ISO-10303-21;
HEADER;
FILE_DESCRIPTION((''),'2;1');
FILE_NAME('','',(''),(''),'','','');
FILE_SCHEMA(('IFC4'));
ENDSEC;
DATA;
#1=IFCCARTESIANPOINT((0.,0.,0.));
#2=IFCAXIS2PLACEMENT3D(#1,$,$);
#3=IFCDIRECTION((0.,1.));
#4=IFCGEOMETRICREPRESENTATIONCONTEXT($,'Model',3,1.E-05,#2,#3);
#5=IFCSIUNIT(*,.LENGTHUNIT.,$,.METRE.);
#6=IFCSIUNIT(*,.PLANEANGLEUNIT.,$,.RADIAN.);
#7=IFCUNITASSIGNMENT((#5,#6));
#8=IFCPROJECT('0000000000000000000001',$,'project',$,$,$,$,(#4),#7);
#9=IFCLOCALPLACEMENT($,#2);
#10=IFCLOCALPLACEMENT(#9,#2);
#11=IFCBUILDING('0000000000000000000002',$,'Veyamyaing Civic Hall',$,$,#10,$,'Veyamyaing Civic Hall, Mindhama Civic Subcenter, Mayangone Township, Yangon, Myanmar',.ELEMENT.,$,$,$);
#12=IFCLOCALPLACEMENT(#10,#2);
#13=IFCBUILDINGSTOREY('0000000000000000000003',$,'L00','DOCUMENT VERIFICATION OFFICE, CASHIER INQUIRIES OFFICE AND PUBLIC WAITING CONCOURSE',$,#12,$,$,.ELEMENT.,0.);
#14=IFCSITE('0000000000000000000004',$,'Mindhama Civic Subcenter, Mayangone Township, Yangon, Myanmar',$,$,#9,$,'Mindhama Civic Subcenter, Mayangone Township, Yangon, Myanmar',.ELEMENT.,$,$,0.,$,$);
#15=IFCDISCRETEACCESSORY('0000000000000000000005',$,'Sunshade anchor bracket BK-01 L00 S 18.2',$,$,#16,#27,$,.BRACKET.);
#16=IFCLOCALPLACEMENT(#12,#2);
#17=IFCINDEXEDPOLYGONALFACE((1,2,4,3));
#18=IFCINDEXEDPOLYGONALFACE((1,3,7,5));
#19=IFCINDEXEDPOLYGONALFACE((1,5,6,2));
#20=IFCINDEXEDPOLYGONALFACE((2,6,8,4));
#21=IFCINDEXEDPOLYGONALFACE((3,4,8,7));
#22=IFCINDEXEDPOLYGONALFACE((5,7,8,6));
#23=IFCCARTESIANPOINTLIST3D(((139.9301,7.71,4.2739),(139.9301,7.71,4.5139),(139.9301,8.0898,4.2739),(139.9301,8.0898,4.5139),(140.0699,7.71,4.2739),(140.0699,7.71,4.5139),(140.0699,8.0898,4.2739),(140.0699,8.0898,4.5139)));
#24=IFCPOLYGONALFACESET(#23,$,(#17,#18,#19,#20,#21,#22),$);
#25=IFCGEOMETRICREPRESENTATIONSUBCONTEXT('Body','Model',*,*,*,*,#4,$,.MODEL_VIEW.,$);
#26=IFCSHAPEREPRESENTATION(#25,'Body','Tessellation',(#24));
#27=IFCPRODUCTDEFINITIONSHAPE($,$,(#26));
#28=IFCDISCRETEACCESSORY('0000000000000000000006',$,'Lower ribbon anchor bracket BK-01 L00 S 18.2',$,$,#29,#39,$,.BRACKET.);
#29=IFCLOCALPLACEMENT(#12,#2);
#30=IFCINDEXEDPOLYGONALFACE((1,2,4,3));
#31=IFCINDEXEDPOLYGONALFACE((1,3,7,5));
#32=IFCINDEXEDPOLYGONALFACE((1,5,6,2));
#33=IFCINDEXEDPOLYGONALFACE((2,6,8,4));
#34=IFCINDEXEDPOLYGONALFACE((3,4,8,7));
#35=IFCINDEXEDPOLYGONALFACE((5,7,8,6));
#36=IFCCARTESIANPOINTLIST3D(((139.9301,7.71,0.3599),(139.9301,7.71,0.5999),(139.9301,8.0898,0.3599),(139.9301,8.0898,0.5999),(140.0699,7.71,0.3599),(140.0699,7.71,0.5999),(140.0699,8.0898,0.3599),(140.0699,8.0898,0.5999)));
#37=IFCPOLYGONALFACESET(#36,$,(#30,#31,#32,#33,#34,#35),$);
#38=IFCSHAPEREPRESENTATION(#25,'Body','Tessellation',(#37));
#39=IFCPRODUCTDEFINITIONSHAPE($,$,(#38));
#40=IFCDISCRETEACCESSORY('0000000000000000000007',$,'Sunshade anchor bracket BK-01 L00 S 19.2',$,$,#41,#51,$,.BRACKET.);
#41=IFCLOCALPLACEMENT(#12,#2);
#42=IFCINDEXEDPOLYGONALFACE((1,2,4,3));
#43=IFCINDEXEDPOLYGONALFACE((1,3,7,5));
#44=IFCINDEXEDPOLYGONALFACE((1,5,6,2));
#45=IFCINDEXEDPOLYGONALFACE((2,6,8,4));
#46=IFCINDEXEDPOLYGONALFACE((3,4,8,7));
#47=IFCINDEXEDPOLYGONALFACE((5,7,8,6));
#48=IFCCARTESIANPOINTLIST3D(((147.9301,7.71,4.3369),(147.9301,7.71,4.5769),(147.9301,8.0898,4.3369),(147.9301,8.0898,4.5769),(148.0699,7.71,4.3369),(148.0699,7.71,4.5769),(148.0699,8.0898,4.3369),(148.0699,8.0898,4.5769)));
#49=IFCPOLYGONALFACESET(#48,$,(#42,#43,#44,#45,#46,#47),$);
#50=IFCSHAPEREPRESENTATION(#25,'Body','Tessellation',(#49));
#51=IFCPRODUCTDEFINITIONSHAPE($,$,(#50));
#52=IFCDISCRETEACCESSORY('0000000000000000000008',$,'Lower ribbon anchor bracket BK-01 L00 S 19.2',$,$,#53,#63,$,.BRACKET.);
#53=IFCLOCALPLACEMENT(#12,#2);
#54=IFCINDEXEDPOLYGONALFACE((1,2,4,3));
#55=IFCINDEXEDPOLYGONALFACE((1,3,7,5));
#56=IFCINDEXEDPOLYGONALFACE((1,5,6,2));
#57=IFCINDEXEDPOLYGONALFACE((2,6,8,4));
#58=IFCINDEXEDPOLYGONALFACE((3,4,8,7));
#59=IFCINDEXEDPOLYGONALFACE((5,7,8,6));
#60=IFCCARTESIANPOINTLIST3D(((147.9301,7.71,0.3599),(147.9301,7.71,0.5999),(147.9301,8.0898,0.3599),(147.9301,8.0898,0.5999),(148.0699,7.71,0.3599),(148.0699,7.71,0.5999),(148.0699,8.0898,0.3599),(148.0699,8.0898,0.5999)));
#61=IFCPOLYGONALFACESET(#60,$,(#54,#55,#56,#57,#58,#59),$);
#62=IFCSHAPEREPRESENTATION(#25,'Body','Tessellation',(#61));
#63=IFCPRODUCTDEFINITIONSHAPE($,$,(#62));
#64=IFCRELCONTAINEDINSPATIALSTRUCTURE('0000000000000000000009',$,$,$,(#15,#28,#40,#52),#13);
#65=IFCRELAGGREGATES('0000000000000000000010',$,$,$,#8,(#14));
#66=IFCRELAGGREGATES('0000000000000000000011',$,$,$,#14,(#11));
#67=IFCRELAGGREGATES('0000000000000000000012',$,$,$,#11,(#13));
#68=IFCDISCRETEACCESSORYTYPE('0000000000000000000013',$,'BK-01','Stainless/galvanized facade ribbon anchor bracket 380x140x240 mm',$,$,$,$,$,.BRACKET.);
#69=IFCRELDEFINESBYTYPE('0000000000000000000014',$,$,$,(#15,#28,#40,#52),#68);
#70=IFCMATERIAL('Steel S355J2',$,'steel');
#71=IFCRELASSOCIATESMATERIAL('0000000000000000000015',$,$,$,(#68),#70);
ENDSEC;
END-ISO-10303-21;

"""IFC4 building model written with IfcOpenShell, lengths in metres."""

from ifc_helpers import new_model, si_unit, direction, frame, origin, origin_2d, place, context, subcontext, project, spatial, rectangle, extrude, material, type_object, element, save


model = new_model("IFC4")

# Units and contexts
model_context = context("Model", 3, precision=1e-05, world=origin(), true_north=direction((0.0, 1.0)))
body_context = subcontext(model_context, "Body", "Model", "MODEL_VIEW")
ifc_project = project(units=[si_unit("LENGTHUNIT", "METRE"), si_unit("PLANEANGLEUNIT", "RADIAN")], contexts=[model_context])

# Site, building, storey
site_placement = place(None, origin())
site = spatial("IfcSite", under=ifc_project, at=site_placement, Name="Mindhama Civic Subcenter, Mayangone Township, Yangon, Myanmar", LongName="Mindhama Civic Subcenter, Mayangone Township, Yangon, Myanmar", CompositionType="ELEMENT", RefElevation=0.0)
building_placement = place(site_placement, origin())
building = spatial("IfcBuilding", under=site, at=building_placement, Name="Veyamyaing Civic Hall", LongName="Veyamyaing Civic Hall, Mindhama Civic Subcenter, Mayangone Township, Yangon, Myanmar", CompositionType="ELEMENT")
storey_placement = place(building_placement, origin())
storey = spatial("IfcBuildingStorey", under=building, at=storey_placement, Name="L00", Description="DOCUMENT VERIFICATION OFFICE, CASHIER INQUIRIES OFFICE AND PUBLIC WAITING CONCOURSE", CompositionType="ELEMENT", Elevation=0.0)

# Discrete accessories
ifc_material_1 = material(Name="Steel S355J2", Category="steel")
discrete_accessory_type = type_object("IfcDiscreteAccessoryType", Name="BK-01", Description="Stainless/galvanized facade ribbon anchor bracket 380x140x240 mm", PredefinedType="BRACKET", material=ifc_material_1)
for number, where, z_axis, x_axis, name in (
    (1, (140.0, 7.8999, 4.2739), (0.0, 0.0, 1.0), (0.0, -1.0, 0.0), "Sunshade anchor bracket BK-01 L00 S 18.2"),
    (2, (140.0, 7.8999, 0.3599), (0.0, 0.0, 1.0), (0.0, -1.0, 0.0), "Lower ribbon anchor bracket BK-01 L00 S 18.2"),
    (3, (148.0, 7.8999, 4.3369), (0.0, 0.0, 1.0), (0.0, -1.0, 0.0), "Sunshade anchor bracket BK-01 L00 S 19.2"),
    (4, (148.0, 7.8999, 0.3599), (0.0, 0.0, 1.0), (0.0, -1.0, 0.0), "Lower ribbon anchor bracket BK-01 L00 S 19.2"),
):
    element("IfcDiscreteAccessory", number, at=place(storey_placement, frame(where, z_axis=z_axis, x_axis=x_axis)), inside=storey, type_object=discrete_accessory_type, Name=name, PredefinedType="BRACKET", context=body_context, shape_type="SweptSolid", body=[
        extrude(rectangle(XDim=0.3799, YDim=0.1399, at=origin_2d()), origin(), (0.0, 0.0, 1.0), 0.24),
    ])

save(model, "model.ifc")
